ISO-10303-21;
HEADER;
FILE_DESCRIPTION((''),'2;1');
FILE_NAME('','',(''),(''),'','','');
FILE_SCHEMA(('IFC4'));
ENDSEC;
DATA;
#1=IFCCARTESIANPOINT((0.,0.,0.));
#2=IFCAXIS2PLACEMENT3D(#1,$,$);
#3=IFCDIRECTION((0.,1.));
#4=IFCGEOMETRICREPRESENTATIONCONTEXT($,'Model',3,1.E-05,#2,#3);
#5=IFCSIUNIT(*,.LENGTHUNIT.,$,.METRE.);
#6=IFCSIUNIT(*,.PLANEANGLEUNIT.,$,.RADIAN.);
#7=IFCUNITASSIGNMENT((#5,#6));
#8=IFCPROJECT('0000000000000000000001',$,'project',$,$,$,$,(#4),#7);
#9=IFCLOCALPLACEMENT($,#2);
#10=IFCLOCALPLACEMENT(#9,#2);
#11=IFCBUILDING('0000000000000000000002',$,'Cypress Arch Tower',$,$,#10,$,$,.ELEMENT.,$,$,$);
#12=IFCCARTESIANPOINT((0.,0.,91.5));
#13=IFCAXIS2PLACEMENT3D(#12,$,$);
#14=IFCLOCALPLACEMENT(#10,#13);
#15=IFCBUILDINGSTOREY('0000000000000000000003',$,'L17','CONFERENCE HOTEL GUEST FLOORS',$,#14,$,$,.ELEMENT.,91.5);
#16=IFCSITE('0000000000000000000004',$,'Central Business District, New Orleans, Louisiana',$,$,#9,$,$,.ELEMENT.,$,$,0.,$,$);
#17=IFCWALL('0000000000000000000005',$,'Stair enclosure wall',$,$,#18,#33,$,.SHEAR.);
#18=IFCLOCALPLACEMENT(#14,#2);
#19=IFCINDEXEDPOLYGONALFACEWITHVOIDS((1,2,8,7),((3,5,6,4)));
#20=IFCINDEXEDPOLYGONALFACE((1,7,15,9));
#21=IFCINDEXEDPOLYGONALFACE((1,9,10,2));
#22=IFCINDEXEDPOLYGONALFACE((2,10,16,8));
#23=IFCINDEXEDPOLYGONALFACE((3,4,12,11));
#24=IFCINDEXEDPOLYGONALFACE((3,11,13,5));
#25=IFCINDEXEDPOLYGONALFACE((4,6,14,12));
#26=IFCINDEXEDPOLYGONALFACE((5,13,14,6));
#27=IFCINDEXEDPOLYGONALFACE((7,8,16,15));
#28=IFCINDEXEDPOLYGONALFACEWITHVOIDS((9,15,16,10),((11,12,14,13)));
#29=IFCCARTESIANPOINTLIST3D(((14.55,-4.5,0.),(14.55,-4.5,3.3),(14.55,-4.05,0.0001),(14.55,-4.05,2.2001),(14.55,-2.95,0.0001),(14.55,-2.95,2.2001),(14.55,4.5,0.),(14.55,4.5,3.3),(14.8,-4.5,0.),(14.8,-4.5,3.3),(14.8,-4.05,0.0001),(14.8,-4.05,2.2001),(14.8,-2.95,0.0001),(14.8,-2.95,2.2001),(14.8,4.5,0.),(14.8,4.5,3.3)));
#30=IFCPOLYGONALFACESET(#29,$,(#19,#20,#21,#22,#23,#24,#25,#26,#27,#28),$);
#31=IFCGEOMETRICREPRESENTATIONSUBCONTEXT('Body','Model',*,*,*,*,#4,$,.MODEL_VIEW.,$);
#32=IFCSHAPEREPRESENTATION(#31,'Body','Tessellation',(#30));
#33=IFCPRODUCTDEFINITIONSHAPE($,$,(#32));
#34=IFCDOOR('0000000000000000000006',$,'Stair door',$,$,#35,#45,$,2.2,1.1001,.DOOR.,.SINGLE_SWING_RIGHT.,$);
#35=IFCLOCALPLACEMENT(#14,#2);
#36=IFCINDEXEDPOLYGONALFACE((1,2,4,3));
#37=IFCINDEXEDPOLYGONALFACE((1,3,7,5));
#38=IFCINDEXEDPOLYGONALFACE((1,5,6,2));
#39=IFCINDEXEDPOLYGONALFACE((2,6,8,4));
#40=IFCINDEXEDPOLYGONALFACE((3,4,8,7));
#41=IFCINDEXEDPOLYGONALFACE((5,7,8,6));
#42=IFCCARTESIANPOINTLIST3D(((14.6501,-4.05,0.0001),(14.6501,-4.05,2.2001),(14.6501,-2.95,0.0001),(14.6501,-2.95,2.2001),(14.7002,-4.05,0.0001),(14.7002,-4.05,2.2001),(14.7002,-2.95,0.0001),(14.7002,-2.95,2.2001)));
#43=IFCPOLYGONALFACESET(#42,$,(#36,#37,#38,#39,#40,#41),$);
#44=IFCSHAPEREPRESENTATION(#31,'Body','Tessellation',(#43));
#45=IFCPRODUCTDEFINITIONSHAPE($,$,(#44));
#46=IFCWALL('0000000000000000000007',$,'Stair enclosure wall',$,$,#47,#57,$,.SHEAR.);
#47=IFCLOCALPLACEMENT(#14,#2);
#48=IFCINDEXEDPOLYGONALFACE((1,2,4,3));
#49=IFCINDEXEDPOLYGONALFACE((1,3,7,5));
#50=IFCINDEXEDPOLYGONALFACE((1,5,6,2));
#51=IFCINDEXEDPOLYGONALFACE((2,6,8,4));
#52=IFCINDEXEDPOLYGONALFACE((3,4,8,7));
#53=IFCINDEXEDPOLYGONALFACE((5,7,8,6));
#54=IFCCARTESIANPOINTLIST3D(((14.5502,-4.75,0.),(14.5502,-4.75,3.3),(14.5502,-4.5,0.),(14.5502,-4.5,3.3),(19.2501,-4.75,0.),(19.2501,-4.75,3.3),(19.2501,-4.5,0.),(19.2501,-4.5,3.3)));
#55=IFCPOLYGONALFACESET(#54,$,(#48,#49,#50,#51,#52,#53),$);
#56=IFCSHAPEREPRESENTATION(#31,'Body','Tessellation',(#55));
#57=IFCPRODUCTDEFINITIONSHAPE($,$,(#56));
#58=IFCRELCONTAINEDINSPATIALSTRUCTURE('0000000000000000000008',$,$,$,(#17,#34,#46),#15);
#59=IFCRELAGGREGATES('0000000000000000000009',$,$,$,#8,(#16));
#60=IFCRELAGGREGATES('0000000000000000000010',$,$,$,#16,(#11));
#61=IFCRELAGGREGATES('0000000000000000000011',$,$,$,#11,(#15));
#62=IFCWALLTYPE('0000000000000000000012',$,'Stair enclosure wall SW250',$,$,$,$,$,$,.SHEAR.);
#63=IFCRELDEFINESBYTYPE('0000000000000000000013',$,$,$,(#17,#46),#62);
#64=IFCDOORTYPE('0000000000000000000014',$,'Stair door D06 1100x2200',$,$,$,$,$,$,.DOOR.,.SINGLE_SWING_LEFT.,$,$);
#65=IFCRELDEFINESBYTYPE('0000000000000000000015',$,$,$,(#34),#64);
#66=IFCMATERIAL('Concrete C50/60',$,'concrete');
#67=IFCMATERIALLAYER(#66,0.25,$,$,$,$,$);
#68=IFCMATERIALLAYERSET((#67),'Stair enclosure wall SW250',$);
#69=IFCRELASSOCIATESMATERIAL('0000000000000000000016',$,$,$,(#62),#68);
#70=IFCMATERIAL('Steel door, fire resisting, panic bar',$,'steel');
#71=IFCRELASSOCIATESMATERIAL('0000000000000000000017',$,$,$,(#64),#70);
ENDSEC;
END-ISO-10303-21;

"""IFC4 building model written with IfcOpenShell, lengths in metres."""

from ifc_helpers import new_model, si_unit, direction, frame, frame_2d, origin, place, context, subcontext, project, spatial, rectangle, extrude, material, layer, layer_set, type_object, element, fill, save


model = new_model("IFC4")

# Units and contexts
model_context = context("Model", 3, precision=1e-05, world=origin(), true_north=direction((0.0, 1.0)))
body_context = subcontext(model_context, "Body", "Model", "MODEL_VIEW")
ifc_project = project(units=[si_unit("LENGTHUNIT", "METRE"), si_unit("PLANEANGLEUNIT", "RADIAN")], contexts=[model_context])

# Site, building, storey
site_placement = place(None, origin())
site = spatial("IfcSite", under=ifc_project, at=site_placement, Name="Central Business District, New Orleans, Louisiana", CompositionType="ELEMENT", RefElevation=0.0)
building_placement = place(site_placement, origin())
building = spatial("IfcBuilding", under=site, at=building_placement, Name="Cypress Arch Tower", CompositionType="ELEMENT")
storey_placement = place(building_placement, frame((0.0, 0.0, 91.5)))
storey = spatial("IfcBuildingStorey", under=building, at=storey_placement, Name="L17", Description="CONFERENCE HOTEL GUEST FLOORS", CompositionType="ELEMENT", Elevation=91.5)

# Wall, opening, door
ifc_material_1 = material(Name="Concrete C50/60", Category="concrete")
ifc_layer_1 = layer(ifc_material_1, 0.25)
ifc_layer_set_1 = layer_set([ifc_layer_1], Name="Stair enclosure wall SW250")
wall_type_1 = type_object("IfcWallType", Name="Stair enclosure wall SW250", PredefinedType="SHEAR", material=ifc_layer_set_1)
wall_1_placement = place(storey_placement, frame((14.675, -4.5, 0.0), z_axis=(0.0, 0.0, 1.0), x_axis=(0.0, 1.0, 0.0)))
wall_1 = element("IfcWall", 1, at=wall_1_placement, inside=storey, type_object=wall_type_1, Name="Stair enclosure wall", PredefinedType="SHEAR", context=body_context, shape_type="SweptSolid", body=[
    extrude(rectangle(XDim=9.0, YDim=0.25, at=frame_2d((4.5, 0.0))), origin(), (0.0, 0.0, 1.0), 3.3),
])
opening_1_placement = place(wall_1_placement, frame((0.45, 0.0, 0.0)))
opening_1 = element("IfcOpeningElement", 2, at=opening_1_placement, cuts=wall_1, PredefinedType="OPENING", context=body_context, shape_type="SweptSolid", body=[
    extrude(rectangle(XDim=1.1001, YDim=2.2, at=frame_2d((0.55, 1.1001))), frame((0.0, 0.135, 0.0), z_axis=(0.0, -1.0, 0.0), x_axis=(1.0, 0.0, 0.0)), (0.0, 0.0, 1.0), 0.27),
])
ifc_material_2 = material(Name="Steel door, fire resisting, panic bar", Category="steel")
door_type_1 = type_object("IfcDoorType", Name="Stair door D06 1100x2200", OperationType="SINGLE_SWING_LEFT", PredefinedType="DOOR", material=ifc_material_2)
door_1_placement = place(opening_1_placement, origin())
door_1 = element("IfcDoor", 3, at=door_1_placement, inside=storey, type_object=door_type_1, Name="Stair door", OperationType="SINGLE_SWING_RIGHT", OverallHeight=2.2, OverallWidth=1.1001, PredefinedType="DOOR", context=body_context, shape_type="SweptSolid", body=[
    extrude(rectangle(XDim=1.1001, YDim=2.2, at=frame_2d((0.55, 1.1001))), frame((0.0, 0.0249, 0.0), z_axis=(0.0, -1.0, 0.0), x_axis=(1.0, 0.0, 0.0)), (0.0, 0.0, 1.0), 0.05),
])
fill(opening_1, door_1)

# Wall
wall_2_placement = place(storey_placement, frame((14.55, -4.625, 0.0), z_axis=(0.0, 0.0, 1.0), x_axis=(1.0, 0.0, 0.0)))
element("IfcWall", 4, at=wall_2_placement, inside=storey, type_object=wall_type_1, Name="Stair enclosure wall", PredefinedType="SHEAR", context=body_context, shape_type="SweptSolid", body=[
    extrude(rectangle(XDim=4.7, YDim=0.25, at=frame_2d((2.3501, 0.0))), origin(), (0.0, 0.0, 1.0), 3.3),
])

save(model, "model.ifc")
